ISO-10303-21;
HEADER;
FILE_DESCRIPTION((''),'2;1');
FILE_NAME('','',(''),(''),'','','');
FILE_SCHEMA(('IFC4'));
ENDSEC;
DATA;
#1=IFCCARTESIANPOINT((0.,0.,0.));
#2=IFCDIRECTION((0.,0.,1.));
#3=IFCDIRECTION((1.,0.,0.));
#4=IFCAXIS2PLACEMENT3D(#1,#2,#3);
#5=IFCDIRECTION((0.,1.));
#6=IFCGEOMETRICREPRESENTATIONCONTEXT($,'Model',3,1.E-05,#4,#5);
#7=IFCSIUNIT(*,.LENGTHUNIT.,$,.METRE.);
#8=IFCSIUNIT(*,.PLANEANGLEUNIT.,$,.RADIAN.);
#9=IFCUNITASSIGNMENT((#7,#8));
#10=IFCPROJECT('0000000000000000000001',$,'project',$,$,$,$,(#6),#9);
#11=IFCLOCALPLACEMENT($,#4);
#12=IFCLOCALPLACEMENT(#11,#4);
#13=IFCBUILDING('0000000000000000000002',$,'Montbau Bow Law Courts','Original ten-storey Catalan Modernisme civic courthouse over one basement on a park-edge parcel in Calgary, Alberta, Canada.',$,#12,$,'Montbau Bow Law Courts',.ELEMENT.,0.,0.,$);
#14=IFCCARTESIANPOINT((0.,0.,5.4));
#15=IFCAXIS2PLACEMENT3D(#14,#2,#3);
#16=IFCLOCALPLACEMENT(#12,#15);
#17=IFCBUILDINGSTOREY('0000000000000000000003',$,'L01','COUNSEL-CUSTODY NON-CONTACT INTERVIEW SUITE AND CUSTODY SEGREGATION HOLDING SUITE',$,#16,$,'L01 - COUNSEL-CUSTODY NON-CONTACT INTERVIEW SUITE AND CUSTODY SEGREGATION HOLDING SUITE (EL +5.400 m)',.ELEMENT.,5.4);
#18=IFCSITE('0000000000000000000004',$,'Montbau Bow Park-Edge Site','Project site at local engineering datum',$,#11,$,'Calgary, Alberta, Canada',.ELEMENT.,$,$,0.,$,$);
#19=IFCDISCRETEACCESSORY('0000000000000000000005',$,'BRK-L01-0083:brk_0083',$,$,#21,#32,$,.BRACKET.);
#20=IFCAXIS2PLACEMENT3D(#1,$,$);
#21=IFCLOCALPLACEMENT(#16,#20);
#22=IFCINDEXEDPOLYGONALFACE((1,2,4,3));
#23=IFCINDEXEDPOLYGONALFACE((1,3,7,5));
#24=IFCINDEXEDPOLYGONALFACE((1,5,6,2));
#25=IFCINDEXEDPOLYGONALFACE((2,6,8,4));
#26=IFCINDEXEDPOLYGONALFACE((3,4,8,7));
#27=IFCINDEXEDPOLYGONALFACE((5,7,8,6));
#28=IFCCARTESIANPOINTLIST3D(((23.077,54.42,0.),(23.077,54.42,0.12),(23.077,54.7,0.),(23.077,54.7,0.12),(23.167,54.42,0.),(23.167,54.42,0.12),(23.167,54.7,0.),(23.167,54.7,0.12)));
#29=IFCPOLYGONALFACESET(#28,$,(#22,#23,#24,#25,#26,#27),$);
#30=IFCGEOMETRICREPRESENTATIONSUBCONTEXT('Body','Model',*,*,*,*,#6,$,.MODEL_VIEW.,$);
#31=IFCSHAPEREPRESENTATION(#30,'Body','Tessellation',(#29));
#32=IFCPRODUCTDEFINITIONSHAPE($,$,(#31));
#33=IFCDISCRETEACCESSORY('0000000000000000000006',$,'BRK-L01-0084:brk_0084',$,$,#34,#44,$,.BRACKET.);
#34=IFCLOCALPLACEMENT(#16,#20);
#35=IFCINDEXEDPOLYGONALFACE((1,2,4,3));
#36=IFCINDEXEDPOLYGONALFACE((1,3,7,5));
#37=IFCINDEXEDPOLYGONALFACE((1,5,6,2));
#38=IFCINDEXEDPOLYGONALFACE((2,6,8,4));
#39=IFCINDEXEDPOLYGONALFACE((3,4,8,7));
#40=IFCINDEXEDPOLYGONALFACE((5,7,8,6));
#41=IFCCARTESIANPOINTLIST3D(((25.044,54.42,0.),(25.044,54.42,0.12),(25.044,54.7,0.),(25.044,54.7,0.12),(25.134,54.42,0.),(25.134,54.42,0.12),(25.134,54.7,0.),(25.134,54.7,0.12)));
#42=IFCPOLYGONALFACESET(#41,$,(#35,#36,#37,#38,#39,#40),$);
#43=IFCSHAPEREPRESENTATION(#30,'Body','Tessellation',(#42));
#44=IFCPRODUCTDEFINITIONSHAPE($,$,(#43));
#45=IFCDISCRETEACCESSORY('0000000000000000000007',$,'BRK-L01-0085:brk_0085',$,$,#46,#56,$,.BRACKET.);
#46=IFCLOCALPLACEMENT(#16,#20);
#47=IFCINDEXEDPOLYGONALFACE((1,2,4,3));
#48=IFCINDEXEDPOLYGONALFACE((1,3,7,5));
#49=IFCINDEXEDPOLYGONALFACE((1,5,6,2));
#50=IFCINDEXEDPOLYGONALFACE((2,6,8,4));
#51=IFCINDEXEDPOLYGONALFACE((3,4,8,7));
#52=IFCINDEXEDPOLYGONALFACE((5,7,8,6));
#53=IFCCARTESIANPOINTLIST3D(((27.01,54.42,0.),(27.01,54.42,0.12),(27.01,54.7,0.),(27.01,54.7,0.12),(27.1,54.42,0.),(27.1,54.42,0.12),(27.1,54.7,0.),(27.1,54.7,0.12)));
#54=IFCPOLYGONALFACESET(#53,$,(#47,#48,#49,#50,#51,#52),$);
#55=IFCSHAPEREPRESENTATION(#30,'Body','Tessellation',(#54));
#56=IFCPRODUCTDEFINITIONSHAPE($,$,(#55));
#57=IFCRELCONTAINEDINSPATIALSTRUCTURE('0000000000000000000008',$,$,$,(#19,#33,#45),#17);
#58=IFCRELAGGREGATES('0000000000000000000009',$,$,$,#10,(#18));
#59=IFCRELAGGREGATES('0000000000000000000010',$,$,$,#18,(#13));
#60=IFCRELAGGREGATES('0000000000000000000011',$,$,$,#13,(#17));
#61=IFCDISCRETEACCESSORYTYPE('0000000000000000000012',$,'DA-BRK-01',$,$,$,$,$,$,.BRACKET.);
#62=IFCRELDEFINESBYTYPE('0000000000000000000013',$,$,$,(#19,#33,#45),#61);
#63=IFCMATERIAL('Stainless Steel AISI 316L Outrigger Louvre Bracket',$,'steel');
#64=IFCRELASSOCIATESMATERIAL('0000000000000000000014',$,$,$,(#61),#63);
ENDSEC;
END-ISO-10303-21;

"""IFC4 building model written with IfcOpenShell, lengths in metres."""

from ifc_helpers import new_model, si_unit, direction, frame, origin_with_axes, origin_2d_with_axis, place, context, subcontext, project, spatial, rectangle, extrude, material, type_object, element, save


model = new_model("IFC4")

# Units and contexts
model_context = context("Model", 3, precision=1e-05, world=origin_with_axes(), true_north=direction((0.0, 1.0)))
body_context = subcontext(model_context, "Body", "Model", "MODEL_VIEW")
ifc_project = project(units=[si_unit("LENGTHUNIT", "METRE"), si_unit("PLANEANGLEUNIT", "RADIAN")], contexts=[model_context])

# Site, building, storey
site_placement = place(None, origin_with_axes())
site = spatial("IfcSite", under=ifc_project, at=site_placement, Name="Montbau Bow Park-Edge Site", Description="Project site at local engineering datum", LongName="Calgary, Alberta, Canada", CompositionType="ELEMENT", RefElevation=0.0)
building_placement = place(site_placement, origin_with_axes())
building = spatial("IfcBuilding", under=site, at=building_placement, Name="Montbau Bow Law Courts", Description="Original ten-storey Catalan Modernisme civic courthouse over one basement on a park-edge parcel in Calgary, Alberta, Canada.", LongName="Montbau Bow Law Courts", CompositionType="ELEMENT", ElevationOfRefHeight=0.0, ElevationOfTerrain=0.0)
storey_placement = place(building_placement, frame((0.0, 0.0, 5.4), z_axis=(0.0, 0.0, 1.0), x_axis=(1.0, 0.0, 0.0)))
storey = spatial("IfcBuildingStorey", under=building, at=storey_placement, Name="L01", Description="COUNSEL-CUSTODY NON-CONTACT INTERVIEW SUITE AND CUSTODY SEGREGATION HOLDING SUITE", LongName="L01 - COUNSEL-CUSTODY NON-CONTACT INTERVIEW SUITE AND CUSTODY SEGREGATION HOLDING SUITE (EL +5.400 m)", CompositionType="ELEMENT", Elevation=5.4)

# Discrete accessories
ifc_material_1 = material(Name="Stainless Steel AISI 316L Outrigger Louvre Bracket", Category="steel")
discrete_accessory_type = type_object("IfcDiscreteAccessoryType", Name="DA-BRK-01", PredefinedType="BRACKET", material=ifc_material_1)
for number, where, z_axis, x_axis, name in (
    (1, (23.122, 54.56, 5.4), (0.0, 0.0, 1.0), (0.0, 1.0, 0.0), "BRK-L01-0083:brk_0083"),
    (2, (25.089, 54.56, 5.4), (0.0, 0.0, 1.0), (0.0, 1.0, 0.0), "BRK-L01-0084:brk_0084"),
    (3, (27.055, 54.56, 5.4), (0.0, 0.0, 1.0), (0.0, 1.0, 0.0), "BRK-L01-0085:brk_0085"),
):
    element("IfcDiscreteAccessory", number, at=place(None, frame(where, z_axis=z_axis, x_axis=x_axis)), inside=storey, type_object=discrete_accessory_type, Name=name, PredefinedType="BRACKET", context=body_context, shape_type="SweptSolid", body=[
        extrude(rectangle(XDim=0.28, YDim=0.09, at=origin_2d_with_axis()), origin_with_axes(), (0.0, 0.0, 1.0), 0.12),
    ])

save(model, "model.ifc")
